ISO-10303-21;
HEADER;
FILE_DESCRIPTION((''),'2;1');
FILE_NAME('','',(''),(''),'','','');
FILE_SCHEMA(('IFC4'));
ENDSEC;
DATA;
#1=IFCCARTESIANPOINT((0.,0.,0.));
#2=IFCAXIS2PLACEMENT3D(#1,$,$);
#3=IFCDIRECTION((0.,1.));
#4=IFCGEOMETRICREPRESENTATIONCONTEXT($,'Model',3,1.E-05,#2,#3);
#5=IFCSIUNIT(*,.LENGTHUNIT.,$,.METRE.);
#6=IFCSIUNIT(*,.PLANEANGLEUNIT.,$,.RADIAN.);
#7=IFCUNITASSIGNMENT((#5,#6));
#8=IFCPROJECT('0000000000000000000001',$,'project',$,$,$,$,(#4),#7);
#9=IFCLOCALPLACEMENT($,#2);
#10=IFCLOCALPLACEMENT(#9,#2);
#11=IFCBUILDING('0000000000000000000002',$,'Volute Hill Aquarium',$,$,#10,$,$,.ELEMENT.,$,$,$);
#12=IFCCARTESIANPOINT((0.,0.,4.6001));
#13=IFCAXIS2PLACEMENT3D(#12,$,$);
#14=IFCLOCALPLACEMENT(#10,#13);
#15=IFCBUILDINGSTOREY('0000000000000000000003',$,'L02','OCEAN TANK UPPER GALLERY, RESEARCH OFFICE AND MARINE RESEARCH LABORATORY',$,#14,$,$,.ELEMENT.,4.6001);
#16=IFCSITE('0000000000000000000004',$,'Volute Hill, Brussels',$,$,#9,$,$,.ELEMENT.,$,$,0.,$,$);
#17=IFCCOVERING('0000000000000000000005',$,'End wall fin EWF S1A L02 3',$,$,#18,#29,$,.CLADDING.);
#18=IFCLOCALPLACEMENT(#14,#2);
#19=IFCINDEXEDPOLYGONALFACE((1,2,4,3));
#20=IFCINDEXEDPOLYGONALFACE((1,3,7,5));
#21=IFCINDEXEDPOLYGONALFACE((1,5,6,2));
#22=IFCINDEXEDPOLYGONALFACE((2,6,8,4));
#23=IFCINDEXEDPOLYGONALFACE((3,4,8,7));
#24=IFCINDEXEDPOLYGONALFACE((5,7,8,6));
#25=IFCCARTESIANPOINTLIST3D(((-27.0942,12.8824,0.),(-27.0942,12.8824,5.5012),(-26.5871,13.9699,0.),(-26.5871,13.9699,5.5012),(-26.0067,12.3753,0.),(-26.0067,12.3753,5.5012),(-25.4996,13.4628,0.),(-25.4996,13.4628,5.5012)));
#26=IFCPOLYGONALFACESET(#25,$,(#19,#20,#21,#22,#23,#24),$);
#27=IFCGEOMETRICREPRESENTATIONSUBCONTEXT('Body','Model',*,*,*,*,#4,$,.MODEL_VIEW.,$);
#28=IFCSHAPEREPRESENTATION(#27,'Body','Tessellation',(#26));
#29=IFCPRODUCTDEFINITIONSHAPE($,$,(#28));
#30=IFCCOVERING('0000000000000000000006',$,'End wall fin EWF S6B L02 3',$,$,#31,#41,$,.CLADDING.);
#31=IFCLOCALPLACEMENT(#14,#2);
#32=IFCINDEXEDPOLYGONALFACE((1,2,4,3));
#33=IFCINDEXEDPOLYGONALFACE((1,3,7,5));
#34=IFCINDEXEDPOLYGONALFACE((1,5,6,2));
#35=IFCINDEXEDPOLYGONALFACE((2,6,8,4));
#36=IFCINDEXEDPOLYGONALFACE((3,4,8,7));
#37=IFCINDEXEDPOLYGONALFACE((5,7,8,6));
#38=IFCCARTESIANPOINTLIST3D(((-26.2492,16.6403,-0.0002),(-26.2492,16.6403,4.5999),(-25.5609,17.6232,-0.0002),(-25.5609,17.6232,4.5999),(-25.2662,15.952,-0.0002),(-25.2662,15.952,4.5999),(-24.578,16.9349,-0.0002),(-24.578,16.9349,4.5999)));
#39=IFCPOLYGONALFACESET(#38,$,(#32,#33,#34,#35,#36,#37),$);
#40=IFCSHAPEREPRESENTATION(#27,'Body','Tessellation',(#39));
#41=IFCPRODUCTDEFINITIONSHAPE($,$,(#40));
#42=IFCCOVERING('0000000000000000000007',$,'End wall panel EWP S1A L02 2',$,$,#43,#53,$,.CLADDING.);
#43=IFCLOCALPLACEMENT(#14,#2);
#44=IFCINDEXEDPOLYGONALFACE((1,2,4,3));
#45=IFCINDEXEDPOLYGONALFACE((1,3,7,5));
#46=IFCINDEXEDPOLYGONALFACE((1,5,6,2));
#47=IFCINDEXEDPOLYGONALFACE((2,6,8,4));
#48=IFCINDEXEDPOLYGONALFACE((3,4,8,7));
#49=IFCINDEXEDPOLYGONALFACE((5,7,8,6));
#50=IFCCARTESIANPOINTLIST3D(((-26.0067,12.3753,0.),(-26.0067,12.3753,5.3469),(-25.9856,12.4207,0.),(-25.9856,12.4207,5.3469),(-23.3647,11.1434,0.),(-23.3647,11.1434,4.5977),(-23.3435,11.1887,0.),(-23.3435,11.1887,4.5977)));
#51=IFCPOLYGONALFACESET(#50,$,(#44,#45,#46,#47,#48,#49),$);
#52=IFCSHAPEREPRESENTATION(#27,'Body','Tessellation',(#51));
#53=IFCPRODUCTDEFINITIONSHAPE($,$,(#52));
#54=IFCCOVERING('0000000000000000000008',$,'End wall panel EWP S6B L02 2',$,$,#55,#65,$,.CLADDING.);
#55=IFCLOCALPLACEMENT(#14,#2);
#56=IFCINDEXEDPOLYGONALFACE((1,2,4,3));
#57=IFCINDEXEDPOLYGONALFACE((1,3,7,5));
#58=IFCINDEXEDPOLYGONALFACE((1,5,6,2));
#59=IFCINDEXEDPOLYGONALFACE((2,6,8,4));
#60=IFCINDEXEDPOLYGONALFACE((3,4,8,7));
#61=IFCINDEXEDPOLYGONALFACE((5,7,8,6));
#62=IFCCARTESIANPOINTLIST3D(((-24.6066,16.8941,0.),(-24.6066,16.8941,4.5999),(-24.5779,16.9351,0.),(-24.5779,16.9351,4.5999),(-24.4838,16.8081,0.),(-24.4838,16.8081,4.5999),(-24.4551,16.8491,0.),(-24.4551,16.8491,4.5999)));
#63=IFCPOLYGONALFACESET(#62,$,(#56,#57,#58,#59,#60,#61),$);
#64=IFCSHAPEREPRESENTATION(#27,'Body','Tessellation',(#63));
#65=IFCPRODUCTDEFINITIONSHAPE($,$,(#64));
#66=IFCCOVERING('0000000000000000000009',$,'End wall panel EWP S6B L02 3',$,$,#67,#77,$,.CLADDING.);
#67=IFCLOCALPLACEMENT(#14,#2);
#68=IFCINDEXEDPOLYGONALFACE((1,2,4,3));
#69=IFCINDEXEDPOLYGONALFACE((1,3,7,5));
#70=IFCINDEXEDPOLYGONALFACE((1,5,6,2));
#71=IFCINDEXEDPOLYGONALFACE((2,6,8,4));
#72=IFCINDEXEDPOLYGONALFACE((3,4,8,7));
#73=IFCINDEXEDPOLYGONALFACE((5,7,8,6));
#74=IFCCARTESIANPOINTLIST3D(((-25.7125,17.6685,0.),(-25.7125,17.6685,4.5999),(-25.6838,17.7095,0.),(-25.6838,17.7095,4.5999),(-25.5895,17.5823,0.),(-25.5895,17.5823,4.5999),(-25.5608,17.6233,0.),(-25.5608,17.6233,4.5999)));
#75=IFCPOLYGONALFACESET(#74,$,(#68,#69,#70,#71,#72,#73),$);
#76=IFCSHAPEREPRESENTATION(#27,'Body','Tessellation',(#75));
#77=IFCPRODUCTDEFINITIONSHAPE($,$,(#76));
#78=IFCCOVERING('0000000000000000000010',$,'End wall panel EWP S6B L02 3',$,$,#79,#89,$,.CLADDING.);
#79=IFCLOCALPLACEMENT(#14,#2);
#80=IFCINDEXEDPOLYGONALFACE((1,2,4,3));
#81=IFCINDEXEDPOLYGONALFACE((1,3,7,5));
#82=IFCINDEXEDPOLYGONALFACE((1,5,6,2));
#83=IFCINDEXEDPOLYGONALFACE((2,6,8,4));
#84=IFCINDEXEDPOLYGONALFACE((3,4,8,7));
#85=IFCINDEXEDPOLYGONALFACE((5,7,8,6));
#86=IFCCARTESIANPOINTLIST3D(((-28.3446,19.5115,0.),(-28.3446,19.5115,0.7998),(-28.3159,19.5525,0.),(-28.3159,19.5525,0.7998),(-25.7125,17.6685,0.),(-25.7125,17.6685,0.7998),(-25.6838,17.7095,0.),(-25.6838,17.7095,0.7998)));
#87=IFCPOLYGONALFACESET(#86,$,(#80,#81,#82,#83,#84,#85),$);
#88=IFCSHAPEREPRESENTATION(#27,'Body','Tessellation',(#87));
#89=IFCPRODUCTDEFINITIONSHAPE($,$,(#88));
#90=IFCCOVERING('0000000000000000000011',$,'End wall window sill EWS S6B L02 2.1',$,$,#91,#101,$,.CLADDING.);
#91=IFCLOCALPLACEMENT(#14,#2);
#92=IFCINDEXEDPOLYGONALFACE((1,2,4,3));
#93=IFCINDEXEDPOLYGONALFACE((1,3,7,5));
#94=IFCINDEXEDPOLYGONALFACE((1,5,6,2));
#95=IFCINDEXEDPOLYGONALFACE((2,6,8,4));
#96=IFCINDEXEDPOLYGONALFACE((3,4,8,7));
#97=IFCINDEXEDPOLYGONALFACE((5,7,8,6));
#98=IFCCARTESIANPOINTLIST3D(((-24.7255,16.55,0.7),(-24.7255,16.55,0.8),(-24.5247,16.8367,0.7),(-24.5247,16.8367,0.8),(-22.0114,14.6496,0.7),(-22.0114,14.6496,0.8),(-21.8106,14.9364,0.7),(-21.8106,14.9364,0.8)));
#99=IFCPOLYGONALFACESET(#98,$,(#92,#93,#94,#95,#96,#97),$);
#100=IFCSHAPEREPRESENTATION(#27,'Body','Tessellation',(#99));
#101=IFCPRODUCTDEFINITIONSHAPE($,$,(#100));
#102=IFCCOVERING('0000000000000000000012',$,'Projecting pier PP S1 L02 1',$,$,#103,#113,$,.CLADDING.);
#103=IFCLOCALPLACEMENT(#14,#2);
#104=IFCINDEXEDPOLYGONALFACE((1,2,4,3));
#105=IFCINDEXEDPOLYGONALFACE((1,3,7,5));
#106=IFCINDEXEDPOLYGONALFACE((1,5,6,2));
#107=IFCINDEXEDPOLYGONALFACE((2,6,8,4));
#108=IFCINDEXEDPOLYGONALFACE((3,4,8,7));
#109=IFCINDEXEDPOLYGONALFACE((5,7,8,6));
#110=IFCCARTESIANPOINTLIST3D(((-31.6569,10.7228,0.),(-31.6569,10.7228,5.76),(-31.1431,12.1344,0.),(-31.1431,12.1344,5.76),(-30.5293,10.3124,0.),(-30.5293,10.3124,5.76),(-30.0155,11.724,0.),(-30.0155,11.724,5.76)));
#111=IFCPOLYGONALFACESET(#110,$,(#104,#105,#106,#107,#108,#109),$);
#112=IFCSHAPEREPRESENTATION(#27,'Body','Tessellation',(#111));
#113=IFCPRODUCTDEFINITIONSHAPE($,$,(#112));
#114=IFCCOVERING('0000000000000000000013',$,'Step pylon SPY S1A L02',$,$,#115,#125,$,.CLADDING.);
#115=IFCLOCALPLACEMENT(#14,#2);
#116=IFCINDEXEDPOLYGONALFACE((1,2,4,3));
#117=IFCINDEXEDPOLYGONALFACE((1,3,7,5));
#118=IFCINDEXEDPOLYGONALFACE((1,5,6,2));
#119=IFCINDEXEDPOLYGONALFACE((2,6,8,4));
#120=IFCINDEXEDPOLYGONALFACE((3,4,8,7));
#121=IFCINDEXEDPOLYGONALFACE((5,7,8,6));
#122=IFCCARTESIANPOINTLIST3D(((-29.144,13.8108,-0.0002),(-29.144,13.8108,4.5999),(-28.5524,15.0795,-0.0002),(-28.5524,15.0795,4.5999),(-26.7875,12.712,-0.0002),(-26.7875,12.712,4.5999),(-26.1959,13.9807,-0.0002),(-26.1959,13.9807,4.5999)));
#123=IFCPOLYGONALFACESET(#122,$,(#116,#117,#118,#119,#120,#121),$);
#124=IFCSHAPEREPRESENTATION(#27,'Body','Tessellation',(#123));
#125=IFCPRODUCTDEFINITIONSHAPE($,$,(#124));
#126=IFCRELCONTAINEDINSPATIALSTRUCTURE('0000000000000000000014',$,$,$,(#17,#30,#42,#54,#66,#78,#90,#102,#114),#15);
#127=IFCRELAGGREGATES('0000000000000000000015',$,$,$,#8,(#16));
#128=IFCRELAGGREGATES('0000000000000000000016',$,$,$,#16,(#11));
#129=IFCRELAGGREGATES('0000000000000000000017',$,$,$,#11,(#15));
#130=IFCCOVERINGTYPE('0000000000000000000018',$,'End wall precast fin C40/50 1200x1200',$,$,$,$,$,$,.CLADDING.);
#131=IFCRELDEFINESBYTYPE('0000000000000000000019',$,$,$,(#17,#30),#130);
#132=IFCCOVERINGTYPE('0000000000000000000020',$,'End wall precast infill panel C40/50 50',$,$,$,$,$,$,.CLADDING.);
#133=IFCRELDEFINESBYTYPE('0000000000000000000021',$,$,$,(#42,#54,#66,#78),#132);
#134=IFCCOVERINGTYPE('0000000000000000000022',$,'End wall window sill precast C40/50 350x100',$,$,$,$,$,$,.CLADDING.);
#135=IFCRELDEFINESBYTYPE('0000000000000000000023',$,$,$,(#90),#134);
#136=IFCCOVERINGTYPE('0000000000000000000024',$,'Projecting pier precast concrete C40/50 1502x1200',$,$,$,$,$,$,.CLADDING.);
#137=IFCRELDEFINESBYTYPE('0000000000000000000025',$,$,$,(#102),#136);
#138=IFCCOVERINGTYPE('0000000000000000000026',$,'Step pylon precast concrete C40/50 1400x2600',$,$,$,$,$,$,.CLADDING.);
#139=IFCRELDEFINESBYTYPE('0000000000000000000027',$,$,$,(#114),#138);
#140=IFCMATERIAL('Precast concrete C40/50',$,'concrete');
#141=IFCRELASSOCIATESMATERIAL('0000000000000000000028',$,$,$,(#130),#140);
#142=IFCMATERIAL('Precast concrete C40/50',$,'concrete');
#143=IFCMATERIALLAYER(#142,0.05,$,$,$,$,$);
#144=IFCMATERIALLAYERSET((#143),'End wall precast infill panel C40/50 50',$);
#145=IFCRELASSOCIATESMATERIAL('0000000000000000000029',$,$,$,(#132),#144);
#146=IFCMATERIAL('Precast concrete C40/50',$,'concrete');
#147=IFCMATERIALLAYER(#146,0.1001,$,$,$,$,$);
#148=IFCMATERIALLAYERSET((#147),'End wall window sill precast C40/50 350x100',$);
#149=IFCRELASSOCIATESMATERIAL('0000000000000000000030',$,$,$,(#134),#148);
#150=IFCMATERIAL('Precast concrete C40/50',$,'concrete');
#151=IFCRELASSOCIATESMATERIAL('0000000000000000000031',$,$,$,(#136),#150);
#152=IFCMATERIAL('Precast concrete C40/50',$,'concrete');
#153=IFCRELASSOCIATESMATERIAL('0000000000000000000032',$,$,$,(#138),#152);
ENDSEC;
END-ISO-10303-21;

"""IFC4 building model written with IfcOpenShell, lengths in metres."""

from ifc_helpers import new_model, si_unit, direction, frame, origin, origin_2d, place, context, subcontext, project, spatial, polyline, rectangle, outline, extrude, material, layer, layer_set, type_object, element, save


model = new_model("IFC4")

# Units and contexts
model_context = context("Model", 3, precision=1e-05, world=origin(), true_north=direction((0.0, 1.0)))
body_context = subcontext(model_context, "Body", "Model", "MODEL_VIEW")
ifc_project = project(units=[si_unit("LENGTHUNIT", "METRE"), si_unit("PLANEANGLEUNIT", "RADIAN")], contexts=[model_context])

# Site, building, storey
site_placement = place(None, origin())
site = spatial("IfcSite", under=ifc_project, at=site_placement, Name="Volute Hill, Brussels", CompositionType="ELEMENT", RefElevation=0.0)
building_placement = place(site_placement, origin())
building = spatial("IfcBuilding", under=site, at=building_placement, Name="Volute Hill Aquarium", CompositionType="ELEMENT")
storey_placement = place(building_placement, frame((0.0, 0.0, 4.6001)))
storey = spatial("IfcBuildingStorey", under=building, at=storey_placement, Name="L02", Description="OCEAN TANK UPPER GALLERY, RESEARCH OFFICE AND MARINE RESEARCH LABORATORY", CompositionType="ELEMENT", Elevation=4.6001)

# Coverings
ifc_material_1 = material(Name="Precast concrete C40/50", Category="concrete")
covering_type_1 = type_object("IfcCoveringType", Name="End wall precast fin C40/50 1200x1200", PredefinedType="CLADDING", material=ifc_material_1)
covering_1_placement = place(storey_placement, frame((-26.2969, 13.1726, 0.0), z_axis=(0.0, 0.0, 1.0), x_axis=(-0.906308, 0.422618, 0.0)))
element("IfcCovering", 1, at=covering_1_placement, inside=storey, type_object=covering_type_1, Name="End wall fin EWF S1A L02 3", PredefinedType="CLADDING", context=body_context, shape_type="SweptSolid", body=[
    extrude(rectangle(XDim=1.2, YDim=1.2, at=origin_2d()), origin(), (0.0, 0.0, 1.0), 5.5012),
])
covering_2_placement = place(storey_placement, frame((-25.4136, 16.7876, -0.0002), z_axis=(0.0, 0.0, 1.0), x_axis=(-0.819153, 0.573575, 0.0)))
element("IfcCovering", 2, at=covering_2_placement, inside=storey, type_object=covering_type_1, Name="End wall fin EWF S6B L02 3", PredefinedType="CLADDING", context=body_context, shape_type="SweptSolid", body=[
    extrude(rectangle(XDim=1.2, YDim=1.2, at=origin_2d()), origin(), (0.0, 0.0, 1.0), 4.6001),
])
ifc_material_2 = material(Name="Precast concrete C40/50", Category="concrete")
ifc_layer_1 = layer(ifc_material_2, 0.05)
ifc_layer_set_1 = layer_set([ifc_layer_1], Name="End wall precast infill panel C40/50 50")
covering_type_2 = type_object("IfcCoveringType", Name="End wall precast infill panel C40/50 50", PredefinedType="CLADDING", material=ifc_layer_set_1)
covering_3_placement = place(storey_placement, frame((-23.3435, 11.1887, 0.0), z_axis=(0.422592, 0.90632, 0.0), x_axis=(-0.90632, 0.422592, 0.0)))
element("IfcCovering", 3, at=covering_3_placement, inside=storey, type_object=covering_type_2, Name="End wall panel EWP S1A L02 2", PredefinedType="CLADDING", context=body_context, shape_type="SweptSolid", body=[
    extrude(outline(polyline([(0.0, 0.0), (2.9152, 0.0), (2.9152, 5.3469), (0.0, 4.5977), (0.0, 0.0)])), origin(), (0.0, 0.0, -1.0), 0.05),
])
covering_4_placement = place(storey_placement, frame((-24.4551, 16.8491, 0.0), z_axis=(0.573353, 0.819308, 0.0), x_axis=(-0.819308, 0.573353, 0.0)))
element("IfcCovering", 4, at=covering_4_placement, inside=storey, type_object=covering_type_2, Name="End wall panel EWP S6B L02 2", PredefinedType="CLADDING", context=body_context, shape_type="SweptSolid", body=[
    extrude(outline(polyline([(0.0, 0.0), (0.1499, 0.0), (0.1499, 4.5999), (0.0, 4.5999), (0.0, 0.0)])), origin(), (0.0, 0.0, -1.0), 0.05),
])
covering_5_placement = place(storey_placement, frame((-25.5608, 17.6233, 0.0), z_axis=(0.57368, 0.819079, 0.0), x_axis=(-0.819079, 0.57368, 0.0)))
element("IfcCovering", 5, at=covering_5_placement, inside=storey, type_object=covering_type_2, Name="End wall panel EWP S6B L02 3", PredefinedType="CLADDING", context=body_context, shape_type="SweptSolid", body=[
    extrude(outline(polyline([(0.0, 0.0), (0.1502, 0.0), (0.1502, 4.5999), (0.0, 4.5999), (0.0, 0.0)])), origin(), (0.0, 0.0, -1.0), 0.05),
])
covering_6_placement = place(storey_placement, frame((-25.6838, 17.7095, 0.0), z_axis=(0.57358, 0.81915, 0.0), x_axis=(-0.81915, 0.57358, 0.0)))
element("IfcCovering", 6, at=covering_6_placement, inside=storey, type_object=covering_type_2, Name="End wall panel EWP S6B L02 3", PredefinedType="CLADDING", context=body_context, shape_type="SweptSolid", body=[
    extrude(outline(polyline([(0.0, 0.0), (3.2132, 0.0), (3.2132, 0.7998), (0.0, 0.7998), (0.0, 0.0)])), origin(), (0.0, 0.0, -1.0), 0.05),
])
ifc_material_3 = material(Name="Precast concrete C40/50", Category="concrete")
ifc_layer_2 = layer(ifc_material_3, 0.1001)
ifc_layer_set_2 = layer_set([ifc_layer_2], Name="End wall window sill precast C40/50 350x100")
covering_type_3 = type_object("IfcCoveringType", Name="End wall window sill precast C40/50 350x100", PredefinedType="CLADDING", material=ifc_layer_set_2)
covering_7_placement = place(storey_placement, frame((-23.2681, 15.7432, 0.7), z_axis=(0.0, 0.0, 1.0), x_axis=(-0.819153, 0.573575, 0.0)))
element("IfcCovering", 7, at=covering_7_placement, inside=storey, type_object=covering_type_3, Name="End wall window sill EWS S6B L02 2.1", PredefinedType="CLADDING", context=body_context, shape_type="SweptSolid", body=[
    extrude(rectangle(XDim=3.3132, YDim=0.3501, at=origin_2d()), origin(), (0.0, 0.0, 1.0), 0.1001),
])
ifc_material_4 = material(Name="Precast concrete C40/50", Category="concrete")
covering_type_4 = type_object("IfcCoveringType", Name="Projecting pier precast concrete C40/50 1502x1200", PredefinedType="CLADDING", material=ifc_material_4)
covering_8_placement = place(storey_placement, frame((-30.8362, 11.2234, 0.0), z_axis=(0.0, 0.0, 1.0), x_axis=(-0.34202, -0.939693, 0.0)))
element("IfcCovering", 8, at=covering_8_placement, inside=storey, type_object=covering_type_4, Name="Projecting pier PP S1 L02 1", PredefinedType="CLADDING", context=body_context, shape_type="SweptSolid", body=[
    extrude(rectangle(XDim=1.5022, YDim=1.2, at=origin_2d()), origin(), (0.0, 0.0, 1.0), 5.76),
])
ifc_material_5 = material(Name="Precast concrete C40/50", Category="concrete")
covering_type_5 = type_object("IfcCoveringType", Name="Step pylon precast concrete C40/50 1400x2600", PredefinedType="CLADDING", material=ifc_material_5)
covering_9_placement = place(storey_placement, frame((-27.6699, 13.8958, -0.0002), z_axis=(0.0, 0.0, 1.0), x_axis=(-0.906308, 0.422618, 0.0)))
element("IfcCovering", 9, at=covering_9_placement, inside=storey, type_object=covering_type_5, Name="Step pylon SPY S1A L02", PredefinedType="CLADDING", context=body_context, shape_type="SweptSolid", body=[
    extrude(rectangle(XDim=2.6001, YDim=1.3999, at=origin_2d()), origin(), (0.0, 0.0, 1.0), 4.6001),
])

save(model, "model.ifc")
